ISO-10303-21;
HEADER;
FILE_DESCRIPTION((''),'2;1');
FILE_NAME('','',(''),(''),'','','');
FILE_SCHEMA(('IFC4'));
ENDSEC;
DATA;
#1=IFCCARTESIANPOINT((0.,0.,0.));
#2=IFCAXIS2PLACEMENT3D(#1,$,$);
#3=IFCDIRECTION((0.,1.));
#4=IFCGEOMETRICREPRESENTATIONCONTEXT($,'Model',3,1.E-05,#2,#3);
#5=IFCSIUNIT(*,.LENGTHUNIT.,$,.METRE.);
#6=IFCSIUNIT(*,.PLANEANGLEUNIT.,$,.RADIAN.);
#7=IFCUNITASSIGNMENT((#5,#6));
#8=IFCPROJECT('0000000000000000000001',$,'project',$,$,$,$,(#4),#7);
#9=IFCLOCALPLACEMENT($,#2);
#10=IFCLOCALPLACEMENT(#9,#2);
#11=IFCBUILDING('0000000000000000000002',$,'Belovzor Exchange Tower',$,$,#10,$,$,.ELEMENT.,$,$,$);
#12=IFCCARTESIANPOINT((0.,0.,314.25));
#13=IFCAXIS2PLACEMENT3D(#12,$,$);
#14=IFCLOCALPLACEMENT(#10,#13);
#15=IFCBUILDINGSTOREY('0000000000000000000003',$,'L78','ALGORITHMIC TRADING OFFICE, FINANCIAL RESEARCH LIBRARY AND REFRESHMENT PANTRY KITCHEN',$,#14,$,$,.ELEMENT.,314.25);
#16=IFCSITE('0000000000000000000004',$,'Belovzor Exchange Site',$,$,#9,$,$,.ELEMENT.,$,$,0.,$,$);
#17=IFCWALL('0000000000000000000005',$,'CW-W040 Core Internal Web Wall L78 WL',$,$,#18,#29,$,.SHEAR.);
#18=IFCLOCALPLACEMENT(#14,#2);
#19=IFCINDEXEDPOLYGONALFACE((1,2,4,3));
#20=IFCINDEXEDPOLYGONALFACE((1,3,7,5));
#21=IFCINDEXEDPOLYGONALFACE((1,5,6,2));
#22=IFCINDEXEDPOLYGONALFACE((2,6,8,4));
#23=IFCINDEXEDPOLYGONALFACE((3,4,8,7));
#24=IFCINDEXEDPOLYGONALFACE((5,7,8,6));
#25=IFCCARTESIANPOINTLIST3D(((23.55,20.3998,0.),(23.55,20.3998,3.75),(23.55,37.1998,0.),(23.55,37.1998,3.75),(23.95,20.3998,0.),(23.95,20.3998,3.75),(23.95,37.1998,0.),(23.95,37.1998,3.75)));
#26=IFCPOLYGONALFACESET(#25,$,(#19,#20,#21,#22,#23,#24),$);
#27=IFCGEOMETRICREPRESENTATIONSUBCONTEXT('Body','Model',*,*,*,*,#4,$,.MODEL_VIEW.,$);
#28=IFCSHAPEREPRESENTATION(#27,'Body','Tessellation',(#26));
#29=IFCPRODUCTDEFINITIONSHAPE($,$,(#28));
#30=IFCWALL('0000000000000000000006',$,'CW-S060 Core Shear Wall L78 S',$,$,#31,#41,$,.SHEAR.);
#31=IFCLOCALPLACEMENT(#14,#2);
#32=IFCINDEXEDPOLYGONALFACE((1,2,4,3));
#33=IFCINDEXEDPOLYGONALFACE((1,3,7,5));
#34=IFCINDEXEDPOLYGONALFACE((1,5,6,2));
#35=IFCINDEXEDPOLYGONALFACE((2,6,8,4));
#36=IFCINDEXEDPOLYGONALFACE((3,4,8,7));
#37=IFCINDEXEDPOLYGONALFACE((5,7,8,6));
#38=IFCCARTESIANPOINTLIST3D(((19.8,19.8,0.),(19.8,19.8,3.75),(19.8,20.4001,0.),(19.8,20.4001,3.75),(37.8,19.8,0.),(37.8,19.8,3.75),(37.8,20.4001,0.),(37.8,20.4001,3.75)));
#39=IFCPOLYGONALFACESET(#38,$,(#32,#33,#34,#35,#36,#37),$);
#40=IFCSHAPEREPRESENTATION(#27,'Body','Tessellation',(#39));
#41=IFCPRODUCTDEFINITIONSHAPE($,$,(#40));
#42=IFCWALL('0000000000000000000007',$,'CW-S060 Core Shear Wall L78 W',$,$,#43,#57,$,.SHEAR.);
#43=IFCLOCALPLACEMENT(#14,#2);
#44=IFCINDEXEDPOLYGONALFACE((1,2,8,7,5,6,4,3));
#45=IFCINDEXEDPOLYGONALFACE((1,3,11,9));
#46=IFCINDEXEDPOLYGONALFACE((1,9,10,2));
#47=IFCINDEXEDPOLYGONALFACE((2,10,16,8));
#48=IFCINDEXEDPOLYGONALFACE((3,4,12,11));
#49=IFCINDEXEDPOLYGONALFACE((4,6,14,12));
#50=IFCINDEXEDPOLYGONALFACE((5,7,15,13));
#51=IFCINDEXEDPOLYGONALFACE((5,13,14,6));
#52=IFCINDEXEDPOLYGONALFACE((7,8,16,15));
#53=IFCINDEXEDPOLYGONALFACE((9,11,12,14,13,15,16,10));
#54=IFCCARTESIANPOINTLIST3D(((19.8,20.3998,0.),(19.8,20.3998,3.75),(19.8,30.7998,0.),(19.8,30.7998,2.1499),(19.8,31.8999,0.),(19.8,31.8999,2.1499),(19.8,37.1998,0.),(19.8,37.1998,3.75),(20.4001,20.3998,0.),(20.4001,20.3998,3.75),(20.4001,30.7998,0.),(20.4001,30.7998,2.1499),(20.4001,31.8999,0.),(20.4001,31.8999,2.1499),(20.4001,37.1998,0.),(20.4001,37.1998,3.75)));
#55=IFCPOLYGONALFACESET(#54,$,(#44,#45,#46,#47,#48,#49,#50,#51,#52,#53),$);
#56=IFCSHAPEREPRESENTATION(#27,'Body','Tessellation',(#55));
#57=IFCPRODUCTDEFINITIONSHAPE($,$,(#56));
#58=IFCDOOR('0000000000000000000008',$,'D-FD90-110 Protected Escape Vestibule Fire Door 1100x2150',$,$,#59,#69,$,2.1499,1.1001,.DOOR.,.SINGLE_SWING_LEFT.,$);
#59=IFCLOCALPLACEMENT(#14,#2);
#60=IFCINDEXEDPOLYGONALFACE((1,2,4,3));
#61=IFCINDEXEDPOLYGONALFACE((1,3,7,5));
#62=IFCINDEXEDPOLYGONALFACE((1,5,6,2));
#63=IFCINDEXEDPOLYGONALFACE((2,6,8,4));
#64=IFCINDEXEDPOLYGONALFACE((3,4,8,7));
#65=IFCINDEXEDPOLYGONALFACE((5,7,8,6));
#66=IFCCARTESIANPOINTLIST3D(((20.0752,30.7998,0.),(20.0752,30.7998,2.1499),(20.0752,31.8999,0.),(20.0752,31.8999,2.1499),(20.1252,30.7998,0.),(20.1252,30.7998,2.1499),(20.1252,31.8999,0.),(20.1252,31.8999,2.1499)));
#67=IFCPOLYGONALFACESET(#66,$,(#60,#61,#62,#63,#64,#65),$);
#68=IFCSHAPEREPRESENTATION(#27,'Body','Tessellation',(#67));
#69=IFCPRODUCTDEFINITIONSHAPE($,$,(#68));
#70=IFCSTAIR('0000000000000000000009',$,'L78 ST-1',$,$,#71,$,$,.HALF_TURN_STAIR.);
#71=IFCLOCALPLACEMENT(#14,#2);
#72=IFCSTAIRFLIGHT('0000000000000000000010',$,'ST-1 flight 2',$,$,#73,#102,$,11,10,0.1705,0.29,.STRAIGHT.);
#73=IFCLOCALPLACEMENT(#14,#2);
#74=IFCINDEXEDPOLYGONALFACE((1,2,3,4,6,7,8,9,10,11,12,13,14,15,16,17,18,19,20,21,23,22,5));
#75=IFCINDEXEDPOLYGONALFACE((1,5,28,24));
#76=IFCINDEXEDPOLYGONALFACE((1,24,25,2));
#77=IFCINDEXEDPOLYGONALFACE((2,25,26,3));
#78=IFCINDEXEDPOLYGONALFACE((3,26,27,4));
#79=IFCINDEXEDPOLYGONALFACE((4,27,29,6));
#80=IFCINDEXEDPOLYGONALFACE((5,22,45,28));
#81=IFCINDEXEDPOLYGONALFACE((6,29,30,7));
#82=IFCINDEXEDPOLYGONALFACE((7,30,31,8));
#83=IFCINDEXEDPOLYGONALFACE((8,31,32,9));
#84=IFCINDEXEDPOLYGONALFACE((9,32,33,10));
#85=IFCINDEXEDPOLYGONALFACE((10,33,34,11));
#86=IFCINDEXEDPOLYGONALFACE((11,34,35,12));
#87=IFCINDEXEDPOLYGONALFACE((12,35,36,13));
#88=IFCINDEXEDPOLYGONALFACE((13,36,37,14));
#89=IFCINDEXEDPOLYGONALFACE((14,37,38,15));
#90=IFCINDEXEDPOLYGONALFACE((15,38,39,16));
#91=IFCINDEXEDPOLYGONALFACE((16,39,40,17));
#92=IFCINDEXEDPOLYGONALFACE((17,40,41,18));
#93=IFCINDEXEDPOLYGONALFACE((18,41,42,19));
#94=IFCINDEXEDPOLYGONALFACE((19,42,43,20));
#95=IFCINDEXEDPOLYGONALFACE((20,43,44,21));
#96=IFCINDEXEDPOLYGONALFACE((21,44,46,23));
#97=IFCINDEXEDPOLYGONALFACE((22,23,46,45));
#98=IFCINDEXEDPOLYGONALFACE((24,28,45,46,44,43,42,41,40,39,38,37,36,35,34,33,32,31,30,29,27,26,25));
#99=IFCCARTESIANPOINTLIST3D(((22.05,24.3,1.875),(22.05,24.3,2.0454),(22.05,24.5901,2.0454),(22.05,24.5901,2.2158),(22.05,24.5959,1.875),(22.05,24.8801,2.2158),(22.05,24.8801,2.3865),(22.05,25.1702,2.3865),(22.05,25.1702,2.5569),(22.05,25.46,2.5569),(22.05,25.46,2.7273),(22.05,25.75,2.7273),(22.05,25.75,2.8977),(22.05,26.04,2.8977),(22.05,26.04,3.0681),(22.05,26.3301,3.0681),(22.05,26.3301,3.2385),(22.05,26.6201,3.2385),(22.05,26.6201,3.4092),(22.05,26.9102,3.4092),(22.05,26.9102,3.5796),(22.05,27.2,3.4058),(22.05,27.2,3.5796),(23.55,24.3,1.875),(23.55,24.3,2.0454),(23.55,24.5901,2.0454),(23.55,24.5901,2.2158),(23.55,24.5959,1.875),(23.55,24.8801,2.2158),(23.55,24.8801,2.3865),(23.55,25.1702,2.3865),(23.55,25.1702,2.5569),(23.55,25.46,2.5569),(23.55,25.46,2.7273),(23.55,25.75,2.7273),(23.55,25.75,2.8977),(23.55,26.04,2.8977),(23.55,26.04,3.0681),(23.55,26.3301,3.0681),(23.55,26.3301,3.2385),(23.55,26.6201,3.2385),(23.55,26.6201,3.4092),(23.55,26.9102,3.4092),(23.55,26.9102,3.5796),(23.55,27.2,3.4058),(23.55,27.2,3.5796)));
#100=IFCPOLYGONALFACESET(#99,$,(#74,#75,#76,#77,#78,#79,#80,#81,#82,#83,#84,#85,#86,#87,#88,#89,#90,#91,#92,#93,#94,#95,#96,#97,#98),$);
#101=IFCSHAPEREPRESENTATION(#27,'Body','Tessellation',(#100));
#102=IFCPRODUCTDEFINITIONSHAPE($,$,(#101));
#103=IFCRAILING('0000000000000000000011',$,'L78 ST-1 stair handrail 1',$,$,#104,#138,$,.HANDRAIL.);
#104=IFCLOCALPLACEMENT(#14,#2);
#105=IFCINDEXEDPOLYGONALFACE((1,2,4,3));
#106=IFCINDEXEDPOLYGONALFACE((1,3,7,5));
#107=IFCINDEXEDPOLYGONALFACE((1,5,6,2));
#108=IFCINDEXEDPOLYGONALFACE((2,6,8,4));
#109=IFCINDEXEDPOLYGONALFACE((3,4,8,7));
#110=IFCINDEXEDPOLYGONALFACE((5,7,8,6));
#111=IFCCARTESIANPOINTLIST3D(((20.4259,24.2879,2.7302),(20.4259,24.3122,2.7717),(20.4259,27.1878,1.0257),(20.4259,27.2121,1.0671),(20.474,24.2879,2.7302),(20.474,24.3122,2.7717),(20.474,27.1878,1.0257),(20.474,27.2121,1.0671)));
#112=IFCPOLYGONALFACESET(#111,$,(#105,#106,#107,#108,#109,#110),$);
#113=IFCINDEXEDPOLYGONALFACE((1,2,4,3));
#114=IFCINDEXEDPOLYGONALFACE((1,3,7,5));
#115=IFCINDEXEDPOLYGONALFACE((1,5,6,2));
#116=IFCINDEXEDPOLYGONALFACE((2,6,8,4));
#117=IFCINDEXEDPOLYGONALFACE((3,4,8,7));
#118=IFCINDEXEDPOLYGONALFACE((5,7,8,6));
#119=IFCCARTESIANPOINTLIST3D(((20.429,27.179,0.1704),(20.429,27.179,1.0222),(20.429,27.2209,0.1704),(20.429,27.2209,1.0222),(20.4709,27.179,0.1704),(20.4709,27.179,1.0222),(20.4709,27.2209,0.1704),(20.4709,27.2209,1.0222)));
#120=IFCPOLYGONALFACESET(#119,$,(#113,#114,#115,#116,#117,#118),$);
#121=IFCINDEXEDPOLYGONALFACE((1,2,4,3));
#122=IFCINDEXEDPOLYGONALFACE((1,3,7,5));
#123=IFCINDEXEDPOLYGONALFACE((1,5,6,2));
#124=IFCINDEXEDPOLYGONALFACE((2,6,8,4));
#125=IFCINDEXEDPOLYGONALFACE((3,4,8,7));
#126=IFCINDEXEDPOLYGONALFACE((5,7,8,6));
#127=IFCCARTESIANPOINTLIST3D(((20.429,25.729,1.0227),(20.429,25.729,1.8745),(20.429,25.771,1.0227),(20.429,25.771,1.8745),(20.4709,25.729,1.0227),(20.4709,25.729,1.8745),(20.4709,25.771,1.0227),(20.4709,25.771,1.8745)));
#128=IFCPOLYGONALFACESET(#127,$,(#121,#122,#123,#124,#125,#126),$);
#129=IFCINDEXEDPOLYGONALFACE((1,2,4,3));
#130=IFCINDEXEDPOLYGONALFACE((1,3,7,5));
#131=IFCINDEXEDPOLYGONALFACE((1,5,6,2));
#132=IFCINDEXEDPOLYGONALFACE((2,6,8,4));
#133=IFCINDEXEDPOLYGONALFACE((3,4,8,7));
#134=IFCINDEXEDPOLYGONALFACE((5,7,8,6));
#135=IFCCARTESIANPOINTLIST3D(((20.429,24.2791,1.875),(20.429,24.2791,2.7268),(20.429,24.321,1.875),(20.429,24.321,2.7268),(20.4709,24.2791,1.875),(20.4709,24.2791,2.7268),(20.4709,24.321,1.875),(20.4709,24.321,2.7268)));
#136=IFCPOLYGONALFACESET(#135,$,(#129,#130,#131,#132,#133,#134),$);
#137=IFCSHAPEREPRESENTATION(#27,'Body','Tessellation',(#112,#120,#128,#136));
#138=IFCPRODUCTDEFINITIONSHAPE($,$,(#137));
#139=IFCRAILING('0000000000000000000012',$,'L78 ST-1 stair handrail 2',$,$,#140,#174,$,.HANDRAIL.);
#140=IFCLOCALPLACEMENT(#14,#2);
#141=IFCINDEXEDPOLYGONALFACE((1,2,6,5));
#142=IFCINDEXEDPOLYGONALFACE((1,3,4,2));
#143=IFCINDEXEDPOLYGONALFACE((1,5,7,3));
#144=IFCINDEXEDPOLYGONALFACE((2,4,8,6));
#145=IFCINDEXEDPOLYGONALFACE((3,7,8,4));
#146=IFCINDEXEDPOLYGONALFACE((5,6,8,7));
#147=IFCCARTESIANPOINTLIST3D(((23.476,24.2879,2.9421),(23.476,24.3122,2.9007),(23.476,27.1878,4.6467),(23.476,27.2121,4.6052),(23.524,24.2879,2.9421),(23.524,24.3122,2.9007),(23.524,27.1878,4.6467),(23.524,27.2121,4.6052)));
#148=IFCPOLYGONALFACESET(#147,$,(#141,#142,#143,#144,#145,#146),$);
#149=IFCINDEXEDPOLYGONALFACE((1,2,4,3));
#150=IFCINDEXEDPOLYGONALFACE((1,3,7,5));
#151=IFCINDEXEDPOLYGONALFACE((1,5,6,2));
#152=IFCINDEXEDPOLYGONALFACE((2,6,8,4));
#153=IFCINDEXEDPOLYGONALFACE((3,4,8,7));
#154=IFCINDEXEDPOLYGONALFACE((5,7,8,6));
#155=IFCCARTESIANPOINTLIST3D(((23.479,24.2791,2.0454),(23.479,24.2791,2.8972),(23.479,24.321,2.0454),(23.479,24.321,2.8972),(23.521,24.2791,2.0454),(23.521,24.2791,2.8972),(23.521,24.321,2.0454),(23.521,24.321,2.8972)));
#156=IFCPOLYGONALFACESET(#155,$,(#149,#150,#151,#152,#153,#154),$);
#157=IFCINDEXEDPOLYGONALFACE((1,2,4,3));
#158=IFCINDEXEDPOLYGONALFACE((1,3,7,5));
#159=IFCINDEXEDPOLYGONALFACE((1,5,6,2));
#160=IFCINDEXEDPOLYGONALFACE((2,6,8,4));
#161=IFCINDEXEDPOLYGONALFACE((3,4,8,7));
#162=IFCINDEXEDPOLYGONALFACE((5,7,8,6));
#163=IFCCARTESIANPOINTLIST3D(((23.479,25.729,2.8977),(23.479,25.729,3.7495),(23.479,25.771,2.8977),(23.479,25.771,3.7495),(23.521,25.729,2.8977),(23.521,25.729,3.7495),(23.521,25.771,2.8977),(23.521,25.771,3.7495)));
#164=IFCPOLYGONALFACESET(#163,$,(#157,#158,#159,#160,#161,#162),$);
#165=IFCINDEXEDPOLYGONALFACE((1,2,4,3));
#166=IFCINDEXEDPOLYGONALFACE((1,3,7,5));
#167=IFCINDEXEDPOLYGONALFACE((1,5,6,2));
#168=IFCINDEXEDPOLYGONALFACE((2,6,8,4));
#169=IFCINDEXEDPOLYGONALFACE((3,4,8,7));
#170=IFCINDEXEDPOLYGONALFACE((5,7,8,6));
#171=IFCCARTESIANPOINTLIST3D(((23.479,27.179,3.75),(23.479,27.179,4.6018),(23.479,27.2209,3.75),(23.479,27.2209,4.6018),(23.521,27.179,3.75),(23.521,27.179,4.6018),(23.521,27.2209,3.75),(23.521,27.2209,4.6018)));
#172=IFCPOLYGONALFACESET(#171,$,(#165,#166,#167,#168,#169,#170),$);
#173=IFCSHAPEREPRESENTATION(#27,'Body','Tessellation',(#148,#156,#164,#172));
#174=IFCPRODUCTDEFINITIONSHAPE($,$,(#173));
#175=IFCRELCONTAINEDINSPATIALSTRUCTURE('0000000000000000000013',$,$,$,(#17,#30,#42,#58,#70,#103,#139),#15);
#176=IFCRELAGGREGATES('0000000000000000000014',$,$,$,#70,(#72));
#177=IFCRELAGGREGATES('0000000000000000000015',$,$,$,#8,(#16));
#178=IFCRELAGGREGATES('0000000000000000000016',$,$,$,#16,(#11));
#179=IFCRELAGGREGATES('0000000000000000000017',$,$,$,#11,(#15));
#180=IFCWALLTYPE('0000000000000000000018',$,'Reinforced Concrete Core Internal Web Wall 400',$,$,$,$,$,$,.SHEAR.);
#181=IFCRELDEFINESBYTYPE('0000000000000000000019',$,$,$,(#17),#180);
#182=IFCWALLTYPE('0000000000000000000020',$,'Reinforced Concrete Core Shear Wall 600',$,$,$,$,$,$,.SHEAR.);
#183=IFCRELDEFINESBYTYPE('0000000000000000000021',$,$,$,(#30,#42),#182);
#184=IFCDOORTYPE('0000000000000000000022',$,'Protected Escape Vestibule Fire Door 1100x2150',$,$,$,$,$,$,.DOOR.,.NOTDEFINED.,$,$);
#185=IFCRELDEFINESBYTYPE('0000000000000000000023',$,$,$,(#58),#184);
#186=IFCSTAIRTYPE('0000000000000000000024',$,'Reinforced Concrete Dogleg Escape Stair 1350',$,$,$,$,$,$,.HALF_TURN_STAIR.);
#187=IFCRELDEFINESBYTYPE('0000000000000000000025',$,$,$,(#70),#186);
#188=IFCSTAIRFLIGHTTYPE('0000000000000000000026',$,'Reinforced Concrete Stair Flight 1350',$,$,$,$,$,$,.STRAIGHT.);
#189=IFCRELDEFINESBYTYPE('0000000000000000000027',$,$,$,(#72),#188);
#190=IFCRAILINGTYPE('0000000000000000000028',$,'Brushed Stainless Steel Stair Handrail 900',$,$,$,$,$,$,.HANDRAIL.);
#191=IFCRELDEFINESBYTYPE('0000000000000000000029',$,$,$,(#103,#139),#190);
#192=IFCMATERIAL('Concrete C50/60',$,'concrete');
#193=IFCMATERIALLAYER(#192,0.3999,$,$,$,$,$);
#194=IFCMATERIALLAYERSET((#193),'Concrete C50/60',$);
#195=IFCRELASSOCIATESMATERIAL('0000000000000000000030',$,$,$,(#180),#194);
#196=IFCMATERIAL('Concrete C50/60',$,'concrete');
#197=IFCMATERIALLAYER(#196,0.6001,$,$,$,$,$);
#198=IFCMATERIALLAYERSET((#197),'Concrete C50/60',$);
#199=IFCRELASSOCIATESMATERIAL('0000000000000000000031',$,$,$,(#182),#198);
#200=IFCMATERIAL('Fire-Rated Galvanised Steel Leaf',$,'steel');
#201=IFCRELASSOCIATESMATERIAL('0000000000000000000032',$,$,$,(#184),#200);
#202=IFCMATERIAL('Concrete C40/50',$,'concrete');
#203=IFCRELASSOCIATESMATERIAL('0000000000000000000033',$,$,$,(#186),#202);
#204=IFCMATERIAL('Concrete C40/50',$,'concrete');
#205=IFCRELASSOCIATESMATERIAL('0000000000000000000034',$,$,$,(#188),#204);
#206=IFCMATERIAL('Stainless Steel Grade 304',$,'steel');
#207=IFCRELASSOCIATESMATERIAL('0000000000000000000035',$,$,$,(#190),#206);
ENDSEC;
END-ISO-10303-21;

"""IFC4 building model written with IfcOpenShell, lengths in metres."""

from ifc_helpers import new_model, si_unit, direction, frame, frame_2d, origin, origin_2d, place, context, subcontext, project, spatial, polyline, rectangle, outline, extrude, material, layer, layer_set, type_object, element, fill, aggregate, save


model = new_model("IFC4")

# Units and contexts
model_context = context("Model", 3, precision=1e-05, world=origin(), true_north=direction((0.0, 1.0)))
body_context = subcontext(model_context, "Body", "Model", "MODEL_VIEW")
ifc_project = project(units=[si_unit("LENGTHUNIT", "METRE"), si_unit("PLANEANGLEUNIT", "RADIAN")], contexts=[model_context])

# Site, building, storey
site_placement = place(None, origin())
site = spatial("IfcSite", under=ifc_project, at=site_placement, Name="Belovzor Exchange Site", CompositionType="ELEMENT", RefElevation=0.0)
building_placement = place(site_placement, origin())
building = spatial("IfcBuilding", under=site, at=building_placement, Name="Belovzor Exchange Tower", CompositionType="ELEMENT")
storey_placement = place(building_placement, frame((0.0, 0.0, 314.25)))
storey = spatial("IfcBuildingStorey", under=building, at=storey_placement, Name="L78", Description="ALGORITHMIC TRADING OFFICE, FINANCIAL RESEARCH LIBRARY AND REFRESHMENT PANTRY KITCHEN", CompositionType="ELEMENT", Elevation=314.25)

# Walls
ifc_material_1 = material(Name="Concrete C50/60", Category="concrete")
ifc_layer_1 = layer(ifc_material_1, 0.3999)
ifc_layer_set_1 = layer_set([ifc_layer_1], Name="Concrete C50/60")
wall_type_1 = type_object("IfcWallType", Name="Reinforced Concrete Core Internal Web Wall 400", PredefinedType="SHEAR", material=ifc_layer_set_1)
wall_1_placement = place(storey_placement, frame((23.75, 20.3999, 0.0), z_axis=(0.0, 0.0, 1.0), x_axis=(0.0, 1.0, 0.0)))
element("IfcWall", 1, at=wall_1_placement, inside=storey, type_object=wall_type_1, Name="CW-W040 Core Internal Web Wall L78 WL", PredefinedType="SHEAR", context=body_context, shape_type="SweptSolid", body=[
    extrude(rectangle(XDim=16.8, YDim=0.3999, at=frame_2d((8.3999, 0.0))), origin(), (0.0, 0.0, 1.0), 3.75),
])
ifc_material_2 = material(Name="Concrete C50/60", Category="concrete")
ifc_layer_2 = layer(ifc_material_2, 0.6001)
ifc_layer_set_2 = layer_set([ifc_layer_2], Name="Concrete C50/60")
wall_type_2 = type_object("IfcWallType", Name="Reinforced Concrete Core Shear Wall 600", PredefinedType="SHEAR", material=ifc_layer_set_2)
wall_2_placement = place(storey_placement, frame((19.8, 20.1001, 0.0), z_axis=(0.0, 0.0, 1.0), x_axis=(1.0, 0.0, 0.0)))
element("IfcWall", 2, at=wall_2_placement, inside=storey, type_object=wall_type_2, Name="CW-S060 Core Shear Wall L78 S", PredefinedType="SHEAR", context=body_context, shape_type="SweptSolid", body=[
    extrude(rectangle(XDim=18.0, YDim=0.6001, at=frame_2d((9.0, 0.0))), origin(), (0.0, 0.0, 1.0), 3.75),
])

# Wall, opening, door
wall_3_placement = place(storey_placement, frame((20.1001, 20.3999, 0.0), z_axis=(0.0, 0.0, 1.0), x_axis=(0.0, 1.0, 0.0)))
wall_3 = element("IfcWall", 3, at=wall_3_placement, inside=storey, type_object=wall_type_2, Name="CW-S060 Core Shear Wall L78 W", PredefinedType="SHEAR", context=body_context, shape_type="SweptSolid", body=[
    extrude(rectangle(XDim=16.8, YDim=0.6001, at=frame_2d((8.3999, 0.0))), origin(), (0.0, 0.0, 1.0), 3.75),
])
opening_1_placement = place(wall_3_placement, frame((10.3999, 0.0, 0.0)))
opening_1 = element("IfcOpeningElement", 4, at=opening_1_placement, cuts=wall_3, PredefinedType="OPENING", context=body_context, shape_type="SweptSolid", body=[
    extrude(rectangle(XDim=1.1001, YDim=2.1499, at=frame_2d((0.55, 1.075))), frame((0.0, 0.3101, 0.0), z_axis=(0.0, -1.0, 0.0), x_axis=(1.0, 0.0, 0.0)), (0.0, 0.0, 1.0), 0.6201),
])
ifc_material_3 = material(Name="Fire-Rated Galvanised Steel Leaf", Category="steel")
door_type_1 = type_object("IfcDoorType", Name="Protected Escape Vestibule Fire Door 1100x2150", OperationType="NOTDEFINED", PredefinedType="DOOR", material=ifc_material_3)
door_1_placement = place(opening_1_placement, origin())
door_1 = element("IfcDoor", 5, at=door_1_placement, inside=storey, type_object=door_type_1, Name="D-FD90-110 Protected Escape Vestibule Fire Door 1100x2150", OperationType="SINGLE_SWING_LEFT", OverallHeight=2.1499, OverallWidth=1.1001, PredefinedType="DOOR", context=body_context, shape_type="SweptSolid", body=[
    extrude(rectangle(XDim=1.1001, YDim=2.1499, at=frame_2d((0.55, 1.075))), frame((0.0, 0.0249, 0.0), z_axis=(0.0, -1.0, 0.0), x_axis=(1.0, 0.0, 0.0)), (0.0, 0.0, 1.0), 0.05),
])
fill(opening_1, door_1)

# Stair, stair flight
ifc_material_4 = material(Name="Concrete C40/50", Category="concrete")
stair_type = type_object("IfcStairType", Name="Reinforced Concrete Dogleg Escape Stair 1350", PredefinedType="HALF_TURN_STAIR", material=ifc_material_4)
stair_placement = place(storey_placement, origin())
stair = element("IfcStair", 6, at=stair_placement, inside=storey, type_object=stair_type, Name="L78 ST-1", PredefinedType="HALF_TURN_STAIR")
ifc_material_5 = material(Name="Concrete C40/50", Category="concrete")
stair_flight_type = type_object("IfcStairFlightType", Name="Reinforced Concrete Stair Flight 1350", PredefinedType="STRAIGHT", material=ifc_material_5)
stair_flight_placement = place(storey_placement, frame((22.8, 24.3, 1.875), z_axis=(0.0, 0.0, 1.0), x_axis=(0.0, 1.0, 0.0)))
stair_flight = element("IfcStairFlight", 7, at=stair_flight_placement, type_object=stair_flight_type, Name="ST-1 flight 2", NumberOfRisers=11, NumberOfTreads=10, PredefinedType="STRAIGHT", RiserHeight=0.1705, TreadLength=0.29, context=body_context, shape_type="SweptSolid", body=[
    extrude(outline(polyline([(0.0, 0.0), (0.0, 0.1704), (0.29, 0.1704), (0.29, 0.3408), (0.5801, 0.3408), (0.5801, 0.5115), (0.8701, 0.5115), (0.8701, 0.6819), (1.1599, 0.6819), (1.1599, 0.8523), (1.45, 0.8523), (1.45, 1.0227), (1.74, 1.0227), (1.74, 1.1931), (2.03, 1.1931), (2.03, 1.3635), (2.3201, 1.3635), (2.3201, 1.5342), (2.6101, 1.5342), (2.6101, 1.7046), (2.8999, 1.7046), (2.8999, 1.875), (2.8999, 1.5308), (0.2959, 0.0), (0.0, 0.0)])), frame((0.0, 0.75, 0.0), z_axis=(0.0, -1.0, 0.0), x_axis=(1.0, 0.0, 0.0)), (0.0, 0.0, 1.0), 1.5),
])
aggregate(stair, [stair_flight])

# Railings
ifc_material_6 = material(Name="Stainless Steel Grade 304", Category="steel")
railing_type_1 = type_object("IfcRailingType", Name="Brushed Stainless Steel Stair Handrail 900", PredefinedType="HANDRAIL", material=ifc_material_6)
railing_1_placement = place(storey_placement, frame((20.45, 27.2, 0.1704)))
element("IfcRailing", 8, at=railing_1_placement, inside=storey, type_object=railing_type_1, Name="L78 ST-1 stair handrail 1", PredefinedType="HANDRAIL", context=body_context, shape_type="SweptSolid", body=[
    extrude(rectangle(XDim=0.0481, YDim=0.0481, at=origin_2d()), frame((0.0, 0.0, 0.876), z_axis=(0.0, -0.862095, 0.506747), x_axis=(1.0, 0.0, 0.0)), (0.0, 0.0, 1.0), 3.3638),
    extrude(rectangle(XDim=0.042, YDim=0.042, at=origin_2d()), origin(), (0.0, 0.0, 1.0), 0.8518),
    extrude(rectangle(XDim=0.042, YDim=0.042, at=origin_2d()), frame((0.0, -1.45, 0.8523)), (0.0, 0.0, 1.0), 0.8518),
    extrude(rectangle(XDim=0.042, YDim=0.042, at=origin_2d()), frame((0.0, -2.8999, 1.7046)), (0.0, 0.0, 1.0), 0.8518),
])
railing_2_placement = place(storey_placement, frame((23.5, 24.3, 2.0454)))
element("IfcRailing", 9, at=railing_2_placement, inside=storey, type_object=railing_type_1, Name="L78 ST-1 stair handrail 2", PredefinedType="HANDRAIL", context=body_context, shape_type="SweptSolid", body=[
    extrude(rectangle(XDim=0.0481, YDim=0.0481, at=origin_2d()), frame((0.0, 0.0, 0.876), z_axis=(0.0, 0.862095, 0.506747), x_axis=(-1.0, 0.0, 0.0)), (0.0, 0.0, 1.0), 3.3638),
    extrude(rectangle(XDim=0.042, YDim=0.042, at=origin_2d()), origin(), (0.0, 0.0, 1.0), 0.8518),
    extrude(rectangle(XDim=0.042, YDim=0.042, at=origin_2d()), frame((0.0, 1.45, 0.8523)), (0.0, 0.0, 1.0), 0.8518),
    extrude(rectangle(XDim=0.042, YDim=0.042, at=origin_2d()), frame((0.0, 2.8999, 1.7046)), (0.0, 0.0, 1.0), 0.8518),
])

save(model, "model.ifc")
